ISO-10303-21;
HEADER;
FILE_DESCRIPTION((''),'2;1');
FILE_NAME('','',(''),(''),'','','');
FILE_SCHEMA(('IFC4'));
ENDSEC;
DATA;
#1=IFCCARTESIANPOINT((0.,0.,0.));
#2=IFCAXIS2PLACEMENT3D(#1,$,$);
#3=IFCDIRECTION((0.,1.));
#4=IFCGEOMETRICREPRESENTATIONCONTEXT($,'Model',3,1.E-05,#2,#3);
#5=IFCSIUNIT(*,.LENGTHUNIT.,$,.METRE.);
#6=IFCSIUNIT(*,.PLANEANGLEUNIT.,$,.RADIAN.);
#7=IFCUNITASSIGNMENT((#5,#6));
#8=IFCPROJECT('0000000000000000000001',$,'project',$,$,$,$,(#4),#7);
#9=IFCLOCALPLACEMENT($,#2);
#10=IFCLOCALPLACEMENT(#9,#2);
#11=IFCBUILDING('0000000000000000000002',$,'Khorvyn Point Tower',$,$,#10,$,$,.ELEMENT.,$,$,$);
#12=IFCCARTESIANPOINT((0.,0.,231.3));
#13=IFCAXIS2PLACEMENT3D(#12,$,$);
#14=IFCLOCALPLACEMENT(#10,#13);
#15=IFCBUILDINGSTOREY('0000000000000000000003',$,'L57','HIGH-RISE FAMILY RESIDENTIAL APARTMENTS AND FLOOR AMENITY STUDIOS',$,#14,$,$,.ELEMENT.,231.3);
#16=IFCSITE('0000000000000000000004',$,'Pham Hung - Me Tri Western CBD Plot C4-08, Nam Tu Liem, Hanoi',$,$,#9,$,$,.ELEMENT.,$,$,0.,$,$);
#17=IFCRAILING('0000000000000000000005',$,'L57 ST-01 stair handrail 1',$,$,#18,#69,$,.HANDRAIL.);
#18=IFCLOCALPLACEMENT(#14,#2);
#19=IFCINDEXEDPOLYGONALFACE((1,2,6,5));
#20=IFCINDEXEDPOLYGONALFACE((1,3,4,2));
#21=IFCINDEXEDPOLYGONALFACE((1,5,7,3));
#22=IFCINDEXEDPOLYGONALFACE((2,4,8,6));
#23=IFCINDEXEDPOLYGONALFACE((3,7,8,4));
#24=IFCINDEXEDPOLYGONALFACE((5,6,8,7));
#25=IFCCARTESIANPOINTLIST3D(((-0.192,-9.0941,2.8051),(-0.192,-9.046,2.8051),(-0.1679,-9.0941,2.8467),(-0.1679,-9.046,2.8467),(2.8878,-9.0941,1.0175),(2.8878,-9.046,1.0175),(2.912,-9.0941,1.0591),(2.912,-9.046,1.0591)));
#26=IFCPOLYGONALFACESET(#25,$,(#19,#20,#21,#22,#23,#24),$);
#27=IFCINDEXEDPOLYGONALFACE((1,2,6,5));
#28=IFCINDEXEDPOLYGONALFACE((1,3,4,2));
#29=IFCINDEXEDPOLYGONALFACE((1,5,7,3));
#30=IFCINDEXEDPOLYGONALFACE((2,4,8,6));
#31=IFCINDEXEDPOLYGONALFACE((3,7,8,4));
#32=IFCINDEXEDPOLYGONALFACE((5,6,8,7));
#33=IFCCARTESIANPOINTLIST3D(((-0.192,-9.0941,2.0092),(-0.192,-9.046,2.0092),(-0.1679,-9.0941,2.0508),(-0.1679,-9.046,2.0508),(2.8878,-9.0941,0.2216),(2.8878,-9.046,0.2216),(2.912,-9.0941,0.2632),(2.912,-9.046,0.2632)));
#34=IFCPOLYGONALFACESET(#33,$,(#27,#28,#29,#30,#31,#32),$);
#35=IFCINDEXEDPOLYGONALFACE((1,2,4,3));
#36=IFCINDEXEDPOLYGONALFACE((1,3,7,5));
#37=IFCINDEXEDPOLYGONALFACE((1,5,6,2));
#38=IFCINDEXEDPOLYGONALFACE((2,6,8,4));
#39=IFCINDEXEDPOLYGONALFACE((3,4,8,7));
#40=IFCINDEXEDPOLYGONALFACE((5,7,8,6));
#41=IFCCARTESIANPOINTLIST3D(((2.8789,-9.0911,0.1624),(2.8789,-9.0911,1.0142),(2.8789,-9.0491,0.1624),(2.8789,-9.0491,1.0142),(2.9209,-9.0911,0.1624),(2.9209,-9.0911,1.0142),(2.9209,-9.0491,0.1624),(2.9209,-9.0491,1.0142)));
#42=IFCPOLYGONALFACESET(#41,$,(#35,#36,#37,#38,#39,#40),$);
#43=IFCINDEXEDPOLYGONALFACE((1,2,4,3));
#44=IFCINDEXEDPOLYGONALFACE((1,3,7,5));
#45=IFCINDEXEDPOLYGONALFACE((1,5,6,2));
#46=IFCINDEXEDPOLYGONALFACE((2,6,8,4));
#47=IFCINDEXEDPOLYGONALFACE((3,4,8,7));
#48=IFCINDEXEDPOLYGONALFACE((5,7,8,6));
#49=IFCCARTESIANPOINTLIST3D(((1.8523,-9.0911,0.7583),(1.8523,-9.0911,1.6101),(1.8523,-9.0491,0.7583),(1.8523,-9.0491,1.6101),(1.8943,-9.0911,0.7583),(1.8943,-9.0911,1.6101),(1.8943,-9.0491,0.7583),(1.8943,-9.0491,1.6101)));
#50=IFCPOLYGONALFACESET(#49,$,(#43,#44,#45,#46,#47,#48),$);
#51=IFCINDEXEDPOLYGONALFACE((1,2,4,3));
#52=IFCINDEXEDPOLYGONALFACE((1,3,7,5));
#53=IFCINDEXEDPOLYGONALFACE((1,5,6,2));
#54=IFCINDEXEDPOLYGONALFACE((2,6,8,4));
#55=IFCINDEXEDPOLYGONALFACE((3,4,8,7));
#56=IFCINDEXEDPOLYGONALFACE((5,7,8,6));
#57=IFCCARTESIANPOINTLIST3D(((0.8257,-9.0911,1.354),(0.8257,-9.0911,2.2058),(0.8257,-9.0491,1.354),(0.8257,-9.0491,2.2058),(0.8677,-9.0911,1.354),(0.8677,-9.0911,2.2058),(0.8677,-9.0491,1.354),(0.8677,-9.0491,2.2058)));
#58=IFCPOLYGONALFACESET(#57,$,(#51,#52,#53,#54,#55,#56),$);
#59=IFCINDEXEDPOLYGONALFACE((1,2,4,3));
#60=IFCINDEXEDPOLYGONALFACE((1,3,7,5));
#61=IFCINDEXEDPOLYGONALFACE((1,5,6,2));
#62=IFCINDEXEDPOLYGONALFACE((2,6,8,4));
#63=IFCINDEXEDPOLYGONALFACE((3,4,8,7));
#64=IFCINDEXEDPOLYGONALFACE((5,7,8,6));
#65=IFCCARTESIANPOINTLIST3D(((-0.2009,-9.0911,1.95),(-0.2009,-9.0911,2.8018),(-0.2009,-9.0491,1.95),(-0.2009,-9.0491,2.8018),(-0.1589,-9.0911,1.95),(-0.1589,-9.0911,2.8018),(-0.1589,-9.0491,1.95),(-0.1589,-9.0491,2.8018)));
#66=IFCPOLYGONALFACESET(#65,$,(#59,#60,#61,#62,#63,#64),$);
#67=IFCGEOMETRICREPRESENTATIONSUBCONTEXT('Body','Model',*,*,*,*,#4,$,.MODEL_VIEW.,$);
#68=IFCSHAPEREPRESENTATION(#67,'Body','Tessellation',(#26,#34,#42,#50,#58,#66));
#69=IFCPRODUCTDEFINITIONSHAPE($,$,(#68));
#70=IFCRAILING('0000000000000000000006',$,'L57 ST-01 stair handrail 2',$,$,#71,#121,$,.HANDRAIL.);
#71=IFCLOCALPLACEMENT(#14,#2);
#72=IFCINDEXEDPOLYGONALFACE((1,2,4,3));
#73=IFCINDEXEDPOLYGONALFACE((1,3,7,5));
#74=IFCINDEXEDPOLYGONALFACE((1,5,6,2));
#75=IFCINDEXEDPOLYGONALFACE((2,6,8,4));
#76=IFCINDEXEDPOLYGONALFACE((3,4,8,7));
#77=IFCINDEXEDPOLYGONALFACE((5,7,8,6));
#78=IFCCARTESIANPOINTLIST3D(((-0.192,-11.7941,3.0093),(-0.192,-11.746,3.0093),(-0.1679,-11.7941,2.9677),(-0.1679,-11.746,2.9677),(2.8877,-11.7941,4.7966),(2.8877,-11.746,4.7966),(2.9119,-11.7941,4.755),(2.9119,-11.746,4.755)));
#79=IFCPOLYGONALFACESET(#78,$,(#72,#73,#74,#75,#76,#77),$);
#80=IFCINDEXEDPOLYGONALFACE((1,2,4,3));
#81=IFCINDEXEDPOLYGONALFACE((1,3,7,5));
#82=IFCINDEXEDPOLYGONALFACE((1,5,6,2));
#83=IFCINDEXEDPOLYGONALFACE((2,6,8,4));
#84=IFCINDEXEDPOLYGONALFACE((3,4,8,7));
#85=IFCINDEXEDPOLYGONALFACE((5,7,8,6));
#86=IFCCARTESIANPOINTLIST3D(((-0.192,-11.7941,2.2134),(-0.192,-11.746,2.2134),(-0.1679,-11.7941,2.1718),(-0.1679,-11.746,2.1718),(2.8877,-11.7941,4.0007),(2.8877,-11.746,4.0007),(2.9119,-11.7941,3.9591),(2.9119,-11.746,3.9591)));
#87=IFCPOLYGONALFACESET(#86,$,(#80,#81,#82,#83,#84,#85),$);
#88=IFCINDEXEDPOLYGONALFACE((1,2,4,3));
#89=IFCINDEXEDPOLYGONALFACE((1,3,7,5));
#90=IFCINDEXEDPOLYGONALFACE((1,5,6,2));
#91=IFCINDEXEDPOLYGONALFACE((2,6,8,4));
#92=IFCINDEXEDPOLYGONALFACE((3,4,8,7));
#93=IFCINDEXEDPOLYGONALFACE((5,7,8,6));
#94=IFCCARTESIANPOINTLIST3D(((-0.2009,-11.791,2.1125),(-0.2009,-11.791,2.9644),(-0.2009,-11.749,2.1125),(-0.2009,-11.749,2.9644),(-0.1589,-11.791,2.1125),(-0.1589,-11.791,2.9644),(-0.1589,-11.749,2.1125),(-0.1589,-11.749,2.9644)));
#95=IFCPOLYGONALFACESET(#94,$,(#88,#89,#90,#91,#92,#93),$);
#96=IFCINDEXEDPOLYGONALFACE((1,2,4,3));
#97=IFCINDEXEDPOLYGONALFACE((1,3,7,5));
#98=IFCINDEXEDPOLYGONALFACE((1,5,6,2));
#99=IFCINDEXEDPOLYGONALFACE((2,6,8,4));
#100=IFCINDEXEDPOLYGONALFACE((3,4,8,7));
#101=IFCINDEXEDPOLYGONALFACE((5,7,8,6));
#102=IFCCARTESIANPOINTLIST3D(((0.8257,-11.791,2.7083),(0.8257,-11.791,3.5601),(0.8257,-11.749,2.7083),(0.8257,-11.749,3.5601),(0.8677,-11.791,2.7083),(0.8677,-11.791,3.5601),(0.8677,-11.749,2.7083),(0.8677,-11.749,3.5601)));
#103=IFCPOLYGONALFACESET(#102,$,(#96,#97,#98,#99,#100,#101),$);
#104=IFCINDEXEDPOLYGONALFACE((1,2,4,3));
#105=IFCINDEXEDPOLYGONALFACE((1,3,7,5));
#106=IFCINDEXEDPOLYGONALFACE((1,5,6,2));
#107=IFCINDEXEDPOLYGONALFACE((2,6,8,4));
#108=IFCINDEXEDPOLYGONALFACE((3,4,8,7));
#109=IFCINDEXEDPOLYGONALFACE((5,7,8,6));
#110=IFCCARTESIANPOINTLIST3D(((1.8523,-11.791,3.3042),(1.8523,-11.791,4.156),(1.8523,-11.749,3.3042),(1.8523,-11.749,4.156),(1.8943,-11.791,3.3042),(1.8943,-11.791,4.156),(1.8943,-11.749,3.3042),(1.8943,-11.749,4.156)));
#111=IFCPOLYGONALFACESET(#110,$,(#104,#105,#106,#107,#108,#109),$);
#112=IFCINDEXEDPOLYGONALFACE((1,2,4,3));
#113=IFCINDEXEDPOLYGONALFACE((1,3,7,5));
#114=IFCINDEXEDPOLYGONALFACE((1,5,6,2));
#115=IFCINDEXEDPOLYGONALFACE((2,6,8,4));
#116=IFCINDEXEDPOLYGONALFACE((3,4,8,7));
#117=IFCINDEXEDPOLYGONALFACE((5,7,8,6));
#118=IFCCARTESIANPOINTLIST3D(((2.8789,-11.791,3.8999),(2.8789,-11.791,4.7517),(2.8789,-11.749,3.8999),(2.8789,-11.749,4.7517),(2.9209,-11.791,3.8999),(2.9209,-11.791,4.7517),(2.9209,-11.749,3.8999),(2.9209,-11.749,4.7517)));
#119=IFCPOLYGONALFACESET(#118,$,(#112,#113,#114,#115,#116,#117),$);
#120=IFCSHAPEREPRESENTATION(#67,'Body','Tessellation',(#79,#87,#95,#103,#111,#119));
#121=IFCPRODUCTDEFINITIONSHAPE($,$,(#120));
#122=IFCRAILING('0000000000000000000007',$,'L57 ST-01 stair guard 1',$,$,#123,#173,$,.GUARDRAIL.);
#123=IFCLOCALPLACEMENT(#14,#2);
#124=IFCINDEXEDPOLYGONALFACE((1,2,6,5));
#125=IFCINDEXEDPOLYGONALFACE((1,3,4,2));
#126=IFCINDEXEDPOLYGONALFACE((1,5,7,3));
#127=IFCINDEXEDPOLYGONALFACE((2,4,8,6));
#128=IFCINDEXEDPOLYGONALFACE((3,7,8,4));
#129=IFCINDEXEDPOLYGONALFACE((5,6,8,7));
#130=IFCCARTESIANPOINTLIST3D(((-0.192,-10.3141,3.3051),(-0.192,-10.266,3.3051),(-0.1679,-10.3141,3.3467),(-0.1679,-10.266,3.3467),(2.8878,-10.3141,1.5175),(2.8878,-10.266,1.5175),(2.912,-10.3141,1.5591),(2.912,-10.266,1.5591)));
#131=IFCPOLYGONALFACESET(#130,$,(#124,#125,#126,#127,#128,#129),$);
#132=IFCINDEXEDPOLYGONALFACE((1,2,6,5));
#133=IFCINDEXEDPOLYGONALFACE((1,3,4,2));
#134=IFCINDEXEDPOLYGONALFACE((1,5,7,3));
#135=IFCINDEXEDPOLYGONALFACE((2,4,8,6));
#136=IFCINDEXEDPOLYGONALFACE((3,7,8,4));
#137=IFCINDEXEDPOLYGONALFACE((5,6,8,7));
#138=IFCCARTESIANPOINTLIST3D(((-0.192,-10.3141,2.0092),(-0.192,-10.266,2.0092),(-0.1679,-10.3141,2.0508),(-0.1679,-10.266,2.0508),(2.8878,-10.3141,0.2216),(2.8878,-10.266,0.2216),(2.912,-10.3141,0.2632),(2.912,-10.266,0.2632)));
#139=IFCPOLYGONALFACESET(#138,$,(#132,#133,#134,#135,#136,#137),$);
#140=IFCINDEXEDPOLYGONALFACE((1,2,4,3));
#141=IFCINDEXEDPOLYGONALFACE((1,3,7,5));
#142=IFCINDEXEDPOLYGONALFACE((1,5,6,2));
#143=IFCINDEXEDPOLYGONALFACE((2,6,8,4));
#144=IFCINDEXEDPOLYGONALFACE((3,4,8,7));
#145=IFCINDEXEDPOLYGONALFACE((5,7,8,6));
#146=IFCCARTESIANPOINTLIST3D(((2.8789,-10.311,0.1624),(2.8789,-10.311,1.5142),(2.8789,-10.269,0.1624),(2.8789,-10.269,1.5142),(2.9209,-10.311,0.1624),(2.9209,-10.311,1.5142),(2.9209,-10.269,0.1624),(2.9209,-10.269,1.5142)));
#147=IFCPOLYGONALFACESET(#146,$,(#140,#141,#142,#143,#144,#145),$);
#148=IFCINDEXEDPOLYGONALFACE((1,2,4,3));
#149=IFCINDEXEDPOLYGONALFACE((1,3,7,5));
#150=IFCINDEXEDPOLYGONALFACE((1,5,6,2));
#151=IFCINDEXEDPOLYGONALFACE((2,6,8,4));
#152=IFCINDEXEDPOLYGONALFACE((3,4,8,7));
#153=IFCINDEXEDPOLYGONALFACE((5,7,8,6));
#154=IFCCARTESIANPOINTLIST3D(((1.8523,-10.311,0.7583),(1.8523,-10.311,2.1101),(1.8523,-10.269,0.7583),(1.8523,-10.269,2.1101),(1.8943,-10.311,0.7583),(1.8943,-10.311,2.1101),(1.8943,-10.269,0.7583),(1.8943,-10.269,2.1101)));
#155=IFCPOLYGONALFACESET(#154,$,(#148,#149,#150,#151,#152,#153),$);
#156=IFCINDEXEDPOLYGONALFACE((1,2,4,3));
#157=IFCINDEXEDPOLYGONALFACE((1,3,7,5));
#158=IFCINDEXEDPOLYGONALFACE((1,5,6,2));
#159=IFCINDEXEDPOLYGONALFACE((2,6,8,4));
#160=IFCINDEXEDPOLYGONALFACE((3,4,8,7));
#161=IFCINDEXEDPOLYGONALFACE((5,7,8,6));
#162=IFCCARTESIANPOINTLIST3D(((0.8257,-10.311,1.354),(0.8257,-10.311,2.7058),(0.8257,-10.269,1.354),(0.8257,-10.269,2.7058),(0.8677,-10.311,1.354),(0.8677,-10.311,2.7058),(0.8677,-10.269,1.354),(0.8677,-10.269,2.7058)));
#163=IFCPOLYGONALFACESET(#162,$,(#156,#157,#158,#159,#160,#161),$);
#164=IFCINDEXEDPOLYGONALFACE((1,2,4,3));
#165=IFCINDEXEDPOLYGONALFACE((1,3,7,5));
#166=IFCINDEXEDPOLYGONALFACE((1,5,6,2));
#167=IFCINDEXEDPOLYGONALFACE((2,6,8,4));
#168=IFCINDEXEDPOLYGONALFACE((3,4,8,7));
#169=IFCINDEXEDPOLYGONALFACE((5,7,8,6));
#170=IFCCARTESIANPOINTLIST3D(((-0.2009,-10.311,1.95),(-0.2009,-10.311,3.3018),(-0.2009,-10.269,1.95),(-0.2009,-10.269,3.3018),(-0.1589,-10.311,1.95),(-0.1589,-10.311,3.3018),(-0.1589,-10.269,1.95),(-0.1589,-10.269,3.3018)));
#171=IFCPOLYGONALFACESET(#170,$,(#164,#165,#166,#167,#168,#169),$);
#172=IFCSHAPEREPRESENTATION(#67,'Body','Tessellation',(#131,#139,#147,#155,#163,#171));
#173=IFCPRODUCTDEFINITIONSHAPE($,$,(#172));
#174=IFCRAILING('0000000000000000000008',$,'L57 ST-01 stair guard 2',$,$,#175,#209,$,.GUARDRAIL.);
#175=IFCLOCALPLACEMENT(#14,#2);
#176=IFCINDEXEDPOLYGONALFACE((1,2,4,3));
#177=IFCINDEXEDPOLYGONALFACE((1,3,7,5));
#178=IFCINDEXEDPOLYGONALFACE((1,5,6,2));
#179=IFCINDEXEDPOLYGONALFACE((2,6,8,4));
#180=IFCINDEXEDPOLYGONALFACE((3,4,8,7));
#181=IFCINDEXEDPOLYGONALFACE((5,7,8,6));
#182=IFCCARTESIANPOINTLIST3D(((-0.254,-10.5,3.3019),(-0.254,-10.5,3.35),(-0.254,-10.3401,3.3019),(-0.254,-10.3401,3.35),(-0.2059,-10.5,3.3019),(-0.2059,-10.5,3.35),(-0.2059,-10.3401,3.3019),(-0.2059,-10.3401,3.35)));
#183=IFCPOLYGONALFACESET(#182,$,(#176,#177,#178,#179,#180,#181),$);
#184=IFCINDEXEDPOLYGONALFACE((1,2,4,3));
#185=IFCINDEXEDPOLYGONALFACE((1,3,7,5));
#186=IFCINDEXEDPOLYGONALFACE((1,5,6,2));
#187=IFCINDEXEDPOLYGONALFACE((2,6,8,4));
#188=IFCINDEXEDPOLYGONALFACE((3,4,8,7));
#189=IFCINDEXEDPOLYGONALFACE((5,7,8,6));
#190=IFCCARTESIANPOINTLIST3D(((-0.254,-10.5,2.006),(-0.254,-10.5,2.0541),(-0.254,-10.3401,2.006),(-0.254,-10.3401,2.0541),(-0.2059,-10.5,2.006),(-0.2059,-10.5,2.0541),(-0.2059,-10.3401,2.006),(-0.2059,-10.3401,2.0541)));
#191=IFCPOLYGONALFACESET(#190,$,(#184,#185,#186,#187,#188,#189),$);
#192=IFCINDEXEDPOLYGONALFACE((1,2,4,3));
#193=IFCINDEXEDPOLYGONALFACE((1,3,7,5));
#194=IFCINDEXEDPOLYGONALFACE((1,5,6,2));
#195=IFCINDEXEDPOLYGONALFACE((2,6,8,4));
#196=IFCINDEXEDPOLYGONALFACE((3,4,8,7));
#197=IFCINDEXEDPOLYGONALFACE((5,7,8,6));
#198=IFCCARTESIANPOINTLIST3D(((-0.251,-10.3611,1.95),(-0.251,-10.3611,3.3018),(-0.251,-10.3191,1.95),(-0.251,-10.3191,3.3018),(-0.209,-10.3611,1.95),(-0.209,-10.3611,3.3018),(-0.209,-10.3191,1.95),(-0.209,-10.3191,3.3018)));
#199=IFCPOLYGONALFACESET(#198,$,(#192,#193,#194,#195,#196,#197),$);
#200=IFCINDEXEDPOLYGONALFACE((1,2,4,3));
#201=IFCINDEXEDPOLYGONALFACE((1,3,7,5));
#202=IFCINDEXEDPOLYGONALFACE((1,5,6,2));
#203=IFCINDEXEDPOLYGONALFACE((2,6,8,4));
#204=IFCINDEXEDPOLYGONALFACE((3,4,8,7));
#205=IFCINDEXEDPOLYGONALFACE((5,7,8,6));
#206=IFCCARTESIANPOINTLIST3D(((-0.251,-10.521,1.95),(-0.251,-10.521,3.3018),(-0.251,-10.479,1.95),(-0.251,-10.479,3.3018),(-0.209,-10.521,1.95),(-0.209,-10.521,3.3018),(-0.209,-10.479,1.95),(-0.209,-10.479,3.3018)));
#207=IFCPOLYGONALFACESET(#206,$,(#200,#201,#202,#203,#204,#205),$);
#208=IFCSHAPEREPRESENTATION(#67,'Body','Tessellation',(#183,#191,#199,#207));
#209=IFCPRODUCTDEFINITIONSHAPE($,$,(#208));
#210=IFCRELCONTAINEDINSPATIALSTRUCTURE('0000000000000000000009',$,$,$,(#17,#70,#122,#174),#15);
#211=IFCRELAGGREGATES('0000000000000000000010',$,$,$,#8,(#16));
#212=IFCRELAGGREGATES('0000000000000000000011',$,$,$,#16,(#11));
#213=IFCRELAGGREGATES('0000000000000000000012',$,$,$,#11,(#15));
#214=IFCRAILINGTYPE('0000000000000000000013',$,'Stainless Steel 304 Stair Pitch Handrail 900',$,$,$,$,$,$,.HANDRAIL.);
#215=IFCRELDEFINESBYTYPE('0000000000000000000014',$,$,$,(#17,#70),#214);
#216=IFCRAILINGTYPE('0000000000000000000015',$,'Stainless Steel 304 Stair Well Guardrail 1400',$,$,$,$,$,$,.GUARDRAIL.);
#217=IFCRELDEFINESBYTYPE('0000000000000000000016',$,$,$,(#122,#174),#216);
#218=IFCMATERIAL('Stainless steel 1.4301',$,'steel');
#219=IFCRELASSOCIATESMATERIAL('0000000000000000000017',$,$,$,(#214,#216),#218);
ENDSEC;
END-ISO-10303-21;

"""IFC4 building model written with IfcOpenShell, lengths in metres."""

from ifc_helpers import new_model, si_unit, direction, frame, origin, origin_2d, place, context, subcontext, project, spatial, rectangle, extrude, material, type_object, element, save


model = new_model("IFC4")

# Units and contexts
model_context = context("Model", 3, precision=1e-05, world=origin(), true_north=direction((0.0, 1.0)))
body_context = subcontext(model_context, "Body", "Model", "MODEL_VIEW")
ifc_project = project(units=[si_unit("LENGTHUNIT", "METRE"), si_unit("PLANEANGLEUNIT", "RADIAN")], contexts=[model_context])

# Site, building, storey
site_placement = place(None, origin())
site = spatial("IfcSite", under=ifc_project, at=site_placement, Name="Pham Hung - Me Tri Western CBD Plot C4-08, Nam Tu Liem, Hanoi", CompositionType="ELEMENT", RefElevation=0.0)
building_placement = place(site_placement, origin())
building = spatial("IfcBuilding", under=site, at=building_placement, Name="Khorvyn Point Tower", CompositionType="ELEMENT")
storey_placement = place(building_placement, frame((0.0, 0.0, 231.3)))
storey = spatial("IfcBuildingStorey", under=building, at=storey_placement, Name="L57", Description="HIGH-RISE FAMILY RESIDENTIAL APARTMENTS AND FLOOR AMENITY STUDIOS", CompositionType="ELEMENT", Elevation=231.3)

# Shared definitions
ifc_material_1 = material(Name="Stainless steel 1.4301", Category="steel")

# Railings
railing_type_1 = type_object("IfcRailingType", Name="Stainless Steel 304 Stair Pitch Handrail 900", PredefinedType="HANDRAIL", material=ifc_material_1)
railing_1_placement = place(storey_placement, frame((2.8999, -9.0701, 0.1624)))
element("IfcRailing", 1, at=railing_1_placement, inside=storey, type_object=railing_type_1, Name="L57 ST-01 stair handrail 1", PredefinedType="HANDRAIL", context=body_context, shape_type="SweptSolid", body=[
    extrude(rectangle(XDim=0.0481, YDim=0.0481, at=origin_2d()), frame((0.0, 0.0, 0.876), z_axis=(-0.864873, 0.0, 0.50199), x_axis=(0.0, -1.0, 0.0)), (0.0, 0.0, 1.0), 3.561),
    extrude(rectangle(XDim=0.0481, YDim=0.0481, at=origin_2d()), frame((0.0, 0.0, 0.0801), z_axis=(-0.864873, 0.0, 0.50199), x_axis=(0.0, -1.0, 0.0)), (0.0, 0.0, 1.0), 3.561),
    extrude(rectangle(XDim=0.042, YDim=0.042, at=origin_2d()), origin(), (0.0, 0.0, 1.0), 0.8518),
    extrude(rectangle(XDim=0.042, YDim=0.042, at=origin_2d()), frame((-1.0266, 0.0, 0.5959)), (0.0, 0.0, 1.0), 0.8518),
    extrude(rectangle(XDim=0.042, YDim=0.042, at=origin_2d()), frame((-2.0532, 0.0, 1.1917)), (0.0, 0.0, 1.0), 0.8518),
    extrude(rectangle(XDim=0.042, YDim=0.042, at=origin_2d()), frame((-3.0798, 0.0, 1.7876)), (0.0, 0.0, 1.0), 0.8518),
])
railing_2_placement = place(storey_placement, frame((-0.1799, -11.77, 2.1125)))
element("IfcRailing", 2, at=railing_2_placement, inside=storey, type_object=railing_type_1, Name="L57 ST-01 stair handrail 2", PredefinedType="HANDRAIL", context=body_context, shape_type="SweptSolid", body=[
    extrude(rectangle(XDim=0.0481, YDim=0.0481, at=origin_2d()), frame((0.0, 0.0, 0.876), z_axis=(0.864903, 0.0, 0.501939), x_axis=(0.0, 1.0, 0.0)), (0.0, 0.0, 1.0), 3.5608),
    extrude(rectangle(XDim=0.0481, YDim=0.0481, at=origin_2d()), frame((0.0, 0.0, 0.0801), z_axis=(0.864903, 0.0, 0.501939), x_axis=(0.0, 1.0, 0.0)), (0.0, 0.0, 1.0), 3.5608),
    extrude(rectangle(XDim=0.042, YDim=0.042, at=origin_2d()), origin(), (0.0, 0.0, 1.0), 0.8518),
    extrude(rectangle(XDim=0.042, YDim=0.042, at=origin_2d()), frame((1.0266, 0.0, 0.5957)), (0.0, 0.0, 1.0), 0.8518),
    extrude(rectangle(XDim=0.042, YDim=0.042, at=origin_2d()), frame((2.0532, 0.0, 1.1917)), (0.0, 0.0, 1.0), 0.8518),
    extrude(rectangle(XDim=0.042, YDim=0.042, at=origin_2d()), frame((3.0798, 0.0, 1.7874)), (0.0, 0.0, 1.0), 0.8518),
])
railing_type_2 = type_object("IfcRailingType", Name="Stainless Steel 304 Stair Well Guardrail 1400", PredefinedType="GUARDRAIL", material=ifc_material_1)
railing_3_placement = place(storey_placement, frame((2.8999, -10.29, 0.1624)))
element("IfcRailing", 3, at=railing_3_placement, inside=storey, type_object=railing_type_2, Name="L57 ST-01 stair guard 1", PredefinedType="GUARDRAIL", context=body_context, shape_type="SweptSolid", body=[
    extrude(rectangle(XDim=0.0481, YDim=0.0481, at=origin_2d()), frame((0.0, 0.0, 1.376), z_axis=(-0.864873, 0.0, 0.50199), x_axis=(0.0, -1.0, 0.0)), (0.0, 0.0, 1.0), 3.561),
    extrude(rectangle(XDim=0.0481, YDim=0.0481, at=origin_2d()), frame((0.0, 0.0, 0.0801), z_axis=(-0.864873, 0.0, 0.50199), x_axis=(0.0, -1.0, 0.0)), (0.0, 0.0, 1.0), 3.561),
    extrude(rectangle(XDim=0.042, YDim=0.042, at=origin_2d()), origin(), (0.0, 0.0, 1.0), 1.3518),
    extrude(rectangle(XDim=0.042, YDim=0.042, at=origin_2d()), frame((-1.0266, 0.0, 0.5959)), (0.0, 0.0, 1.0), 1.3518),
    extrude(rectangle(XDim=0.042, YDim=0.042, at=origin_2d()), frame((-2.0532, 0.0, 1.1917)), (0.0, 0.0, 1.0), 1.3518),
    extrude(rectangle(XDim=0.042, YDim=0.042, at=origin_2d()), frame((-3.0798, 0.0, 1.7876)), (0.0, 0.0, 1.0), 1.3518),
])
railing_4_placement = place(storey_placement, frame((-0.23, -10.3401, 1.95)))
element("IfcRailing", 4, at=railing_4_placement, inside=storey, type_object=railing_type_2, Name="L57 ST-01 stair guard 2", PredefinedType="GUARDRAIL", context=body_context, shape_type="SweptSolid", body=[
    extrude(rectangle(XDim=0.0481, YDim=0.0481, at=origin_2d()), frame((0.0, 0.0, 1.376), z_axis=(0.0, -1.0, 0.0), x_axis=(1.0, 0.0, 0.0)), (0.0, 0.0, 1.0), 0.1599),
    extrude(rectangle(XDim=0.0481, YDim=0.0481, at=origin_2d()), frame((0.0, 0.0, 0.0801), z_axis=(0.0, -1.0, 0.0), x_axis=(1.0, 0.0, 0.0)), (0.0, 0.0, 1.0), 0.1599),
    extrude(rectangle(XDim=0.042, YDim=0.042, at=origin_2d()), origin(), (0.0, 0.0, 1.0), 1.3518),
    extrude(rectangle(XDim=0.042, YDim=0.042, at=origin_2d()), frame((0.0, -0.1599, 0.0)), (0.0, 0.0, 1.0), 1.3518),
])

save(model, "model.ifc")
